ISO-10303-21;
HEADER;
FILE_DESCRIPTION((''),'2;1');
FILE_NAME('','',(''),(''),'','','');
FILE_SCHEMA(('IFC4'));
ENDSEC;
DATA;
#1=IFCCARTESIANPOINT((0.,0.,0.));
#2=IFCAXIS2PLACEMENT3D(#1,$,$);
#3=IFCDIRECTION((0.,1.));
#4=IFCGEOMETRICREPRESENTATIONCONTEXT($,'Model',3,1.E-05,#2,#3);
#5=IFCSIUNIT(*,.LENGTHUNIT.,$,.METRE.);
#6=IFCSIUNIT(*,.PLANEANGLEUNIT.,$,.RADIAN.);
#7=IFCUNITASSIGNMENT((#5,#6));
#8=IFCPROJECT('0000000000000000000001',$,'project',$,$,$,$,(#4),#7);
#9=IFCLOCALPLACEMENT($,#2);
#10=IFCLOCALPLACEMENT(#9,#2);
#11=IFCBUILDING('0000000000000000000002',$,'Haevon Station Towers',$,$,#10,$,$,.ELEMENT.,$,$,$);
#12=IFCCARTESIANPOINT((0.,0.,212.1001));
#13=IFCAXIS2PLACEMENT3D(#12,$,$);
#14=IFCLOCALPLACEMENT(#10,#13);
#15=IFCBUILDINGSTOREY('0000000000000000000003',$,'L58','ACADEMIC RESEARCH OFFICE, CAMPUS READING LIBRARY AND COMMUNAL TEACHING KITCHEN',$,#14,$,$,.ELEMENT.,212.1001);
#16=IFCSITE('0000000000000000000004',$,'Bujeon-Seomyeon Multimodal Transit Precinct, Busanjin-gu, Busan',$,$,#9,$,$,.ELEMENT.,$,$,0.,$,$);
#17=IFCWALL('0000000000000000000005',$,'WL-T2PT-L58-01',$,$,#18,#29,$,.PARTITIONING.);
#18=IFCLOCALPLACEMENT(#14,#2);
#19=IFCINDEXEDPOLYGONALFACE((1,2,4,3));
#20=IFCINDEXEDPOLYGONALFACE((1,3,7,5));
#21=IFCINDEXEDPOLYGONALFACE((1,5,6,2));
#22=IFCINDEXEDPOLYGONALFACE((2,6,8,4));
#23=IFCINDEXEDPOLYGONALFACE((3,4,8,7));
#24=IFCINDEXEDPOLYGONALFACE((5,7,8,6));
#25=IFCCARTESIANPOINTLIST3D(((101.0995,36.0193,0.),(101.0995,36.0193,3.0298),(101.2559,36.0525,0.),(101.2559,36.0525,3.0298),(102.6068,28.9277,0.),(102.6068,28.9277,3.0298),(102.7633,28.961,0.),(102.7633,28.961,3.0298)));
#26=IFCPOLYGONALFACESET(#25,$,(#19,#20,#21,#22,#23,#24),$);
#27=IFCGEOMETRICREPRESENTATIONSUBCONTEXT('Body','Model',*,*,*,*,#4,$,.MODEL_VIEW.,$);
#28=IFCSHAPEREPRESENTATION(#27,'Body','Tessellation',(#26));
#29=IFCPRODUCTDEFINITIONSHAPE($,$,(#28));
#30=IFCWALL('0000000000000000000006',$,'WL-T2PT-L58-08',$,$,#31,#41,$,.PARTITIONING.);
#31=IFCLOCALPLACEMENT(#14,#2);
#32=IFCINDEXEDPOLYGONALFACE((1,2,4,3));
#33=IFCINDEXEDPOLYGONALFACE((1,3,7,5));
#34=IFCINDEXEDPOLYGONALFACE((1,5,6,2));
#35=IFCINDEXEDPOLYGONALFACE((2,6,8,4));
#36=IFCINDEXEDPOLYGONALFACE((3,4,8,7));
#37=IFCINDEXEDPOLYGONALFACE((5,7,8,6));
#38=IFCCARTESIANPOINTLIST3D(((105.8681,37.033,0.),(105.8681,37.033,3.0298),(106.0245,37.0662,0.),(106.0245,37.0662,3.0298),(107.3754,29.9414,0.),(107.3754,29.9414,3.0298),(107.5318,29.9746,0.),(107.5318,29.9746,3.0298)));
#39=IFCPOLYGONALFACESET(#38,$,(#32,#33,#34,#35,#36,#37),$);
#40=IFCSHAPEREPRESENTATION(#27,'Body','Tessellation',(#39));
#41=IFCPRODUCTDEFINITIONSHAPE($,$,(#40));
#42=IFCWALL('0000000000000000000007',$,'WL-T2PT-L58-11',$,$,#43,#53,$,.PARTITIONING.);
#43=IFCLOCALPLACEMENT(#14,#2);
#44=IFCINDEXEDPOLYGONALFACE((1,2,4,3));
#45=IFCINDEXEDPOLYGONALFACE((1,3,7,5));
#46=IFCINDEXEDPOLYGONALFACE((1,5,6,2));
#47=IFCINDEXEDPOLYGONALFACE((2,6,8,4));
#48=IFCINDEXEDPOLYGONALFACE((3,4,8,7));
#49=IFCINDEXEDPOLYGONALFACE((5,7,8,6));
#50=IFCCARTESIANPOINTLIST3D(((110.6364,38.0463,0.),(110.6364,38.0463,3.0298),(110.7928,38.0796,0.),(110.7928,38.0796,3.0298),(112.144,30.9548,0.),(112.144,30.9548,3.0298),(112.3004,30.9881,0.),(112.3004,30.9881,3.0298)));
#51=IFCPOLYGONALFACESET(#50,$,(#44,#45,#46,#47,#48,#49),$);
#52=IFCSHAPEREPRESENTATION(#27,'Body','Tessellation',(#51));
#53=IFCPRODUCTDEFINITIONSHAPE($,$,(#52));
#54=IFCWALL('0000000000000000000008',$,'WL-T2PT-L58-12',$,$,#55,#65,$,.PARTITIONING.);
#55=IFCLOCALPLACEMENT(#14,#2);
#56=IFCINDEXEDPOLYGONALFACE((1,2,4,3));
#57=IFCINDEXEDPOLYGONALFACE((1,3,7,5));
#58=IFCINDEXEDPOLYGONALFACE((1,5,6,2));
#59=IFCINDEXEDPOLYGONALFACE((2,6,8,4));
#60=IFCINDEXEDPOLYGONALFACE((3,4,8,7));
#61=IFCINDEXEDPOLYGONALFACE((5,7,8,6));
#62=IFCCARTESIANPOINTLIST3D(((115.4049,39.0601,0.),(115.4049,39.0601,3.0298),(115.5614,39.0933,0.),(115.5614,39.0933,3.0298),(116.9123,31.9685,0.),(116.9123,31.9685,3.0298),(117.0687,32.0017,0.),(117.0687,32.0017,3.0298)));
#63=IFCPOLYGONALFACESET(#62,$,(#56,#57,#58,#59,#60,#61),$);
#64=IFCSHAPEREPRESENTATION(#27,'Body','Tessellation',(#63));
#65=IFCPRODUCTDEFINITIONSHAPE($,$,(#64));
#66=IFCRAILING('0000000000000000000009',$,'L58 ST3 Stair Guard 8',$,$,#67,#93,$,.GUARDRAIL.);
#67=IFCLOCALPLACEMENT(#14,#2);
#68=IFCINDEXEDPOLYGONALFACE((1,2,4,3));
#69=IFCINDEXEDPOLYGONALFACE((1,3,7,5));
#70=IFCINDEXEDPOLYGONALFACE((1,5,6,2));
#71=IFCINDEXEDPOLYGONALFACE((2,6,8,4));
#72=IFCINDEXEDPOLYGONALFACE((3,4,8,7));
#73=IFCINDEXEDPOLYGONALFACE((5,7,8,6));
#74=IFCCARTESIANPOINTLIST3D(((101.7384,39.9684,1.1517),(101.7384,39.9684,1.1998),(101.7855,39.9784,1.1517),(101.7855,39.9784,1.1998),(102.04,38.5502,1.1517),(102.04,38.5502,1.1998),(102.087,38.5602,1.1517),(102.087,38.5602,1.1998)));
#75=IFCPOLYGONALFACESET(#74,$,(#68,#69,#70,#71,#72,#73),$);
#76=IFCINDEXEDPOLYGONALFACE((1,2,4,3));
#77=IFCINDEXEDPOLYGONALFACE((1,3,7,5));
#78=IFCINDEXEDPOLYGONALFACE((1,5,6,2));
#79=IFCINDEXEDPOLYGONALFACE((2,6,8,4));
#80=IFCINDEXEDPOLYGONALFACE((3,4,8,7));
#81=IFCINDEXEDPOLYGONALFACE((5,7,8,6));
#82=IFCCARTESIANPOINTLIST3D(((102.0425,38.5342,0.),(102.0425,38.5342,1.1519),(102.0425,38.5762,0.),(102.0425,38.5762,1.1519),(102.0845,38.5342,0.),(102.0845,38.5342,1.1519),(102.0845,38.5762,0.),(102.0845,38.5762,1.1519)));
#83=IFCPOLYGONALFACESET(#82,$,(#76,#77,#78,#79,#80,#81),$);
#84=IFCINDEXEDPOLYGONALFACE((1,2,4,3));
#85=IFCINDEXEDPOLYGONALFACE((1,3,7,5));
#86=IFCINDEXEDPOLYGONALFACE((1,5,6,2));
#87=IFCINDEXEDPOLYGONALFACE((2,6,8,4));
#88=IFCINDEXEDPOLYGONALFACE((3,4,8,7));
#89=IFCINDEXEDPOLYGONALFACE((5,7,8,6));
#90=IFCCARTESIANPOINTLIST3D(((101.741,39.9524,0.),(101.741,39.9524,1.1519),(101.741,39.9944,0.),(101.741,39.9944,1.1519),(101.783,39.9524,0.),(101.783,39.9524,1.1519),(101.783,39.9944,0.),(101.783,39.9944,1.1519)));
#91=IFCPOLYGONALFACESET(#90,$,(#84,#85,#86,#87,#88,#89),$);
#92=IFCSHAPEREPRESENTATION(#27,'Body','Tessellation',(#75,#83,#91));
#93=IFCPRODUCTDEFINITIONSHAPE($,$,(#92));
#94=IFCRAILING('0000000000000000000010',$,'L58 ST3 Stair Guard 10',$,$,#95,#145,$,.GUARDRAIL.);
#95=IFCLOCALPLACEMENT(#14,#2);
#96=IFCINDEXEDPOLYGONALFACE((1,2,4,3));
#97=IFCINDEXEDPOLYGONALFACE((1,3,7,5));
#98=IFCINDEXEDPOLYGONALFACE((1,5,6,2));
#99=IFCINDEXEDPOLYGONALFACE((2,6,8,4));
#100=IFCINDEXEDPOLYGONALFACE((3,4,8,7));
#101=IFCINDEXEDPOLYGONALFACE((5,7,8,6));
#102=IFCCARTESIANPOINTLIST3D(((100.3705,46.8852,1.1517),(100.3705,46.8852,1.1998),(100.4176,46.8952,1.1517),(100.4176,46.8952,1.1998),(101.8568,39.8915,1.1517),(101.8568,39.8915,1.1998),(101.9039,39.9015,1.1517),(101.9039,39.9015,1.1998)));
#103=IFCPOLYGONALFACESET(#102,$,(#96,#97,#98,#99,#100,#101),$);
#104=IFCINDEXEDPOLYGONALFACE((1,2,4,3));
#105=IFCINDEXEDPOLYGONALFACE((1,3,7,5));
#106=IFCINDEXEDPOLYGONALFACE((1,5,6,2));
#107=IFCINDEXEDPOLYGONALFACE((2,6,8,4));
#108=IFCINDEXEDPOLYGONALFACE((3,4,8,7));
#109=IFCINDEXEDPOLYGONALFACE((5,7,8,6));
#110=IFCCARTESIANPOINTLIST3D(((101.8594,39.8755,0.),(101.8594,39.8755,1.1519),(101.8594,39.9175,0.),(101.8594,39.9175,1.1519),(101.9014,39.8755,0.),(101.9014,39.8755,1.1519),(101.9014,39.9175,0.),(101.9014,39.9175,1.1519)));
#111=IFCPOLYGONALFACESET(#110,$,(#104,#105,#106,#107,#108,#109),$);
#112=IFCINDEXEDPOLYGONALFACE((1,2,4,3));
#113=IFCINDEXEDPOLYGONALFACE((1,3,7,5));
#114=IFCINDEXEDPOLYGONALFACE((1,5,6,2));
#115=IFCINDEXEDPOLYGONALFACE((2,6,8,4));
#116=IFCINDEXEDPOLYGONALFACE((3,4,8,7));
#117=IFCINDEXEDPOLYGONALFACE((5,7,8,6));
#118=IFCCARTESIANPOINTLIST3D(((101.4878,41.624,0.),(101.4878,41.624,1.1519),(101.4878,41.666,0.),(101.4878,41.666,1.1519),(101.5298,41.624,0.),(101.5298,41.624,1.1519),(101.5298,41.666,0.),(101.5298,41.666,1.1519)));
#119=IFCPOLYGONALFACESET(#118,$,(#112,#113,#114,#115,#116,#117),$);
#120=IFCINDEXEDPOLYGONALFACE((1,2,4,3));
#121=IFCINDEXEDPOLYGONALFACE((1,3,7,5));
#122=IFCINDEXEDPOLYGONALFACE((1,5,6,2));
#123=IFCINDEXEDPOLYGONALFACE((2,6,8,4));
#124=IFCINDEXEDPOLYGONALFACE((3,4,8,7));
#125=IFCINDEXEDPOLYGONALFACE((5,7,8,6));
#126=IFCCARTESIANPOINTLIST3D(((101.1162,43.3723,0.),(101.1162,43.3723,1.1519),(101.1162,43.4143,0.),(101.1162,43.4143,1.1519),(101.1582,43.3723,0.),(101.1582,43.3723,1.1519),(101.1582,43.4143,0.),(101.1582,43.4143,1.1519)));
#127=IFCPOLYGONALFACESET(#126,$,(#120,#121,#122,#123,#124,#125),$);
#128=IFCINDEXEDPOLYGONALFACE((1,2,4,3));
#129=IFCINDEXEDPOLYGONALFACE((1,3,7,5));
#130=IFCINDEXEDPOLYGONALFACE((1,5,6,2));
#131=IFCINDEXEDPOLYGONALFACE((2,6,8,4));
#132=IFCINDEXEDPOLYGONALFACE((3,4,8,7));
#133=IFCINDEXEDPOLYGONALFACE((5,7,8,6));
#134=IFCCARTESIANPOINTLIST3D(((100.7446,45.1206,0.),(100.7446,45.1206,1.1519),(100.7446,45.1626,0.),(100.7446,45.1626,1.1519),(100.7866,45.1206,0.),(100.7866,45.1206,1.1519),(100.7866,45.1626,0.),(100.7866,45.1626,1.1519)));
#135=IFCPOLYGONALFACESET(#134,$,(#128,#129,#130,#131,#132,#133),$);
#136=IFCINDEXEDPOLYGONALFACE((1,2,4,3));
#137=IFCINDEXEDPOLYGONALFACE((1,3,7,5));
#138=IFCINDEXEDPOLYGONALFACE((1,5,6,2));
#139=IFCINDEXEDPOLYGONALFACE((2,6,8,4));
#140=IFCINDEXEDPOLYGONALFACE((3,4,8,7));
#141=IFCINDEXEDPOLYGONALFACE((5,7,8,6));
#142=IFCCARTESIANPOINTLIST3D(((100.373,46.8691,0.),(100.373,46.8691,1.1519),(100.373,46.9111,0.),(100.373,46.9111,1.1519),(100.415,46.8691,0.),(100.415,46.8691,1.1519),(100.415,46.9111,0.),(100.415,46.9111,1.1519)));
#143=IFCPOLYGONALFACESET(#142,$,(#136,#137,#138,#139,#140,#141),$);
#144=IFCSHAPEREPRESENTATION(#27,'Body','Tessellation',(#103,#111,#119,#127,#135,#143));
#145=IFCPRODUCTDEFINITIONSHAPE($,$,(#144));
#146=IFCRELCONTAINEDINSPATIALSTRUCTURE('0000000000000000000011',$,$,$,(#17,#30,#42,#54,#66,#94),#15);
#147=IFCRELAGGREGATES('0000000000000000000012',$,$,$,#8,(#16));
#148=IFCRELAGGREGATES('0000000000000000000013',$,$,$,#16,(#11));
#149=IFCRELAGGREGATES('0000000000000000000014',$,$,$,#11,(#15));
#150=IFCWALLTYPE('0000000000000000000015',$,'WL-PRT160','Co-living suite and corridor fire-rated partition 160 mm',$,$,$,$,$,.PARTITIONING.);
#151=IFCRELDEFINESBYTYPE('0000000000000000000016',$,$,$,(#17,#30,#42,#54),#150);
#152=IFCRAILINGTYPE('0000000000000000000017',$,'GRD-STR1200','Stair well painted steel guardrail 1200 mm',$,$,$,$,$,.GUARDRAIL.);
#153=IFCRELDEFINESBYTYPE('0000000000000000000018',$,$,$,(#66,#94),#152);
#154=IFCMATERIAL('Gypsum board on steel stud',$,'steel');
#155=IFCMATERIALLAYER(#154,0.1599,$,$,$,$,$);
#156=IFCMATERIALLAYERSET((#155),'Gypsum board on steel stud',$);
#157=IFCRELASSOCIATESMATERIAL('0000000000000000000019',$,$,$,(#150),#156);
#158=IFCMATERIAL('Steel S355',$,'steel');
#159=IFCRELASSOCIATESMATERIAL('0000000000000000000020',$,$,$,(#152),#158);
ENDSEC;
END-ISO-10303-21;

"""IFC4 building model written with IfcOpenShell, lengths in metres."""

from ifc_helpers import new_model, si_unit, direction, frame, frame_2d, origin, origin_2d, place, context, subcontext, project, spatial, rectangle, extrude, material, layer, layer_set, type_object, element, save


model = new_model("IFC4")

# Units and contexts
model_context = context("Model", 3, precision=1e-05, world=origin(), true_north=direction((0.0, 1.0)))
body_context = subcontext(model_context, "Body", "Model", "MODEL_VIEW")
ifc_project = project(units=[si_unit("LENGTHUNIT", "METRE"), si_unit("PLANEANGLEUNIT", "RADIAN")], contexts=[model_context])

# Site, building, storey
site_placement = place(None, origin())
site = spatial("IfcSite", under=ifc_project, at=site_placement, Name="Bujeon-Seomyeon Multimodal Transit Precinct, Busanjin-gu, Busan", CompositionType="ELEMENT", RefElevation=0.0)
building_placement = place(site_placement, origin())
building = spatial("IfcBuilding", under=site, at=building_placement, Name="Haevon Station Towers", CompositionType="ELEMENT")
storey_placement = place(building_placement, frame((0.0, 0.0, 212.1001)))
storey = spatial("IfcBuildingStorey", under=building, at=storey_placement, Name="L58", Description="ACADEMIC RESEARCH OFFICE, CAMPUS READING LIBRARY AND COMMUNAL TEACHING KITCHEN", CompositionType="ELEMENT", Elevation=212.1001)

# Shared definitions
ifc_material_1 = material(Name="Steel S355", Category="steel")

# Shared definitions
ifc_material_2 = material(Name="Gypsum board on steel stud", Category="steel")

# Walls
ifc_layer_1 = layer(ifc_material_2, 0.1599)
ifc_layer_set_1 = layer_set([ifc_layer_1], Name="Gypsum board on steel stud")
wall_type_1 = type_object("IfcWallType", Name="WL-PRT160", Description="Co-living suite and corridor fire-rated partition 160 mm", PredefinedType="PARTITIONING", material=ifc_layer_set_1)
for number, where, z_axis, x_axis, name in (
    (1, (102.6851, 28.9443, 0.0), (0.0, 0.0, 1.0), (-0.207907, 0.978148, 0.0), "WL-T2PT-L58-01"),
    (2, (107.4536, 29.958, 0.0), (0.0, 0.0, 1.0), (-0.207907, 0.978148, 0.0), "WL-T2PT-L58-08"),
    (3, (112.2222, 30.9714, 0.0), (0.0, 0.0, 1.0), (-0.20794, 0.978142, 0.0), "WL-T2PT-L58-11"),
    (4, (116.9905, 31.9851, 0.0), (0.0, 0.0, 1.0), (-0.207907, 0.978148, 0.0), "WL-T2PT-L58-12"),
):
    element("IfcWall", number, at=place(storey_placement, frame(where, z_axis=z_axis, x_axis=x_axis)), inside=storey, type_object=wall_type_1, Name=name, PredefinedType="PARTITIONING", context=body_context, shape_type="SweptSolid", body=[
        extrude(rectangle(XDim=7.25, YDim=0.1599, at=frame_2d((3.625, 0.0))), origin(), (0.0, 0.0, 1.0), 3.0298),
    ])

# Railings
railing_type = type_object("IfcRailingType", Name="GRD-STR1200", Description="Stair well painted steel guardrail 1200 mm", PredefinedType="GUARDRAIL", material=ifc_material_1)
railing_1_placement = place(storey_placement, frame((102.0635, 38.5552, 0.0)))
element("IfcRailing", 5, at=railing_1_placement, inside=storey, type_object=railing_type, Name="L58 ST3 Stair Guard 8", PredefinedType="GUARDRAIL", context=body_context, shape_type="SweptSolid", body=[
    extrude(rectangle(XDim=0.0481, YDim=0.0481, at=origin_2d()), frame((0.0, 0.0, 1.1758), z_axis=(-0.207953, 0.978139, 0.0), x_axis=(-0.978139, -0.207953, 0.0)), (0.0, 0.0, 1.0), 1.45),
    extrude(rectangle(XDim=0.042, YDim=0.042, at=origin_2d()), origin(), (0.0, 0.0, 1.0), 1.1519),
    extrude(rectangle(XDim=0.042, YDim=0.042, at=origin_2d()), frame((-0.3015, 1.4182, 0.0)), (0.0, 0.0, 1.0), 1.1519),
])
railing_2_placement = place(storey_placement, frame((101.8804, 39.8965, 0.0)))
element("IfcRailing", 6, at=railing_2_placement, inside=storey, type_object=railing_type, Name="L58 ST3 Stair Guard 10", PredefinedType="GUARDRAIL", context=body_context, shape_type="SweptSolid", body=[
    extrude(rectangle(XDim=0.0481, YDim=0.0481, at=origin_2d()), frame((0.0, 0.0, 1.1758), z_axis=(-0.207882, 0.978154, 0.0), x_axis=(-0.978154, -0.207882, 0.0)), (0.0, 0.0, 1.0), 7.1499),
    extrude(rectangle(XDim=0.042, YDim=0.042, at=origin_2d()), origin(), (0.0, 0.0, 1.0), 1.1519),
    extrude(rectangle(XDim=0.042, YDim=0.042, at=origin_2d()), frame((-0.3716, 1.7485, 0.0)), (0.0, 0.0, 1.0), 1.1519),
    extrude(rectangle(XDim=0.042, YDim=0.042, at=origin_2d()), frame((-0.7432, 3.4968, 0.0)), (0.0, 0.0, 1.0), 1.1519),
    extrude(rectangle(XDim=0.042, YDim=0.042, at=origin_2d()), frame((-1.1147, 5.2451, 0.0)), (0.0, 0.0, 1.0), 1.1519),
    extrude(rectangle(XDim=0.042, YDim=0.042, at=origin_2d()), frame((-1.4863, 6.9937, 0.0)), (0.0, 0.0, 1.0), 1.1519),
])

save(model, "model.ifc")
